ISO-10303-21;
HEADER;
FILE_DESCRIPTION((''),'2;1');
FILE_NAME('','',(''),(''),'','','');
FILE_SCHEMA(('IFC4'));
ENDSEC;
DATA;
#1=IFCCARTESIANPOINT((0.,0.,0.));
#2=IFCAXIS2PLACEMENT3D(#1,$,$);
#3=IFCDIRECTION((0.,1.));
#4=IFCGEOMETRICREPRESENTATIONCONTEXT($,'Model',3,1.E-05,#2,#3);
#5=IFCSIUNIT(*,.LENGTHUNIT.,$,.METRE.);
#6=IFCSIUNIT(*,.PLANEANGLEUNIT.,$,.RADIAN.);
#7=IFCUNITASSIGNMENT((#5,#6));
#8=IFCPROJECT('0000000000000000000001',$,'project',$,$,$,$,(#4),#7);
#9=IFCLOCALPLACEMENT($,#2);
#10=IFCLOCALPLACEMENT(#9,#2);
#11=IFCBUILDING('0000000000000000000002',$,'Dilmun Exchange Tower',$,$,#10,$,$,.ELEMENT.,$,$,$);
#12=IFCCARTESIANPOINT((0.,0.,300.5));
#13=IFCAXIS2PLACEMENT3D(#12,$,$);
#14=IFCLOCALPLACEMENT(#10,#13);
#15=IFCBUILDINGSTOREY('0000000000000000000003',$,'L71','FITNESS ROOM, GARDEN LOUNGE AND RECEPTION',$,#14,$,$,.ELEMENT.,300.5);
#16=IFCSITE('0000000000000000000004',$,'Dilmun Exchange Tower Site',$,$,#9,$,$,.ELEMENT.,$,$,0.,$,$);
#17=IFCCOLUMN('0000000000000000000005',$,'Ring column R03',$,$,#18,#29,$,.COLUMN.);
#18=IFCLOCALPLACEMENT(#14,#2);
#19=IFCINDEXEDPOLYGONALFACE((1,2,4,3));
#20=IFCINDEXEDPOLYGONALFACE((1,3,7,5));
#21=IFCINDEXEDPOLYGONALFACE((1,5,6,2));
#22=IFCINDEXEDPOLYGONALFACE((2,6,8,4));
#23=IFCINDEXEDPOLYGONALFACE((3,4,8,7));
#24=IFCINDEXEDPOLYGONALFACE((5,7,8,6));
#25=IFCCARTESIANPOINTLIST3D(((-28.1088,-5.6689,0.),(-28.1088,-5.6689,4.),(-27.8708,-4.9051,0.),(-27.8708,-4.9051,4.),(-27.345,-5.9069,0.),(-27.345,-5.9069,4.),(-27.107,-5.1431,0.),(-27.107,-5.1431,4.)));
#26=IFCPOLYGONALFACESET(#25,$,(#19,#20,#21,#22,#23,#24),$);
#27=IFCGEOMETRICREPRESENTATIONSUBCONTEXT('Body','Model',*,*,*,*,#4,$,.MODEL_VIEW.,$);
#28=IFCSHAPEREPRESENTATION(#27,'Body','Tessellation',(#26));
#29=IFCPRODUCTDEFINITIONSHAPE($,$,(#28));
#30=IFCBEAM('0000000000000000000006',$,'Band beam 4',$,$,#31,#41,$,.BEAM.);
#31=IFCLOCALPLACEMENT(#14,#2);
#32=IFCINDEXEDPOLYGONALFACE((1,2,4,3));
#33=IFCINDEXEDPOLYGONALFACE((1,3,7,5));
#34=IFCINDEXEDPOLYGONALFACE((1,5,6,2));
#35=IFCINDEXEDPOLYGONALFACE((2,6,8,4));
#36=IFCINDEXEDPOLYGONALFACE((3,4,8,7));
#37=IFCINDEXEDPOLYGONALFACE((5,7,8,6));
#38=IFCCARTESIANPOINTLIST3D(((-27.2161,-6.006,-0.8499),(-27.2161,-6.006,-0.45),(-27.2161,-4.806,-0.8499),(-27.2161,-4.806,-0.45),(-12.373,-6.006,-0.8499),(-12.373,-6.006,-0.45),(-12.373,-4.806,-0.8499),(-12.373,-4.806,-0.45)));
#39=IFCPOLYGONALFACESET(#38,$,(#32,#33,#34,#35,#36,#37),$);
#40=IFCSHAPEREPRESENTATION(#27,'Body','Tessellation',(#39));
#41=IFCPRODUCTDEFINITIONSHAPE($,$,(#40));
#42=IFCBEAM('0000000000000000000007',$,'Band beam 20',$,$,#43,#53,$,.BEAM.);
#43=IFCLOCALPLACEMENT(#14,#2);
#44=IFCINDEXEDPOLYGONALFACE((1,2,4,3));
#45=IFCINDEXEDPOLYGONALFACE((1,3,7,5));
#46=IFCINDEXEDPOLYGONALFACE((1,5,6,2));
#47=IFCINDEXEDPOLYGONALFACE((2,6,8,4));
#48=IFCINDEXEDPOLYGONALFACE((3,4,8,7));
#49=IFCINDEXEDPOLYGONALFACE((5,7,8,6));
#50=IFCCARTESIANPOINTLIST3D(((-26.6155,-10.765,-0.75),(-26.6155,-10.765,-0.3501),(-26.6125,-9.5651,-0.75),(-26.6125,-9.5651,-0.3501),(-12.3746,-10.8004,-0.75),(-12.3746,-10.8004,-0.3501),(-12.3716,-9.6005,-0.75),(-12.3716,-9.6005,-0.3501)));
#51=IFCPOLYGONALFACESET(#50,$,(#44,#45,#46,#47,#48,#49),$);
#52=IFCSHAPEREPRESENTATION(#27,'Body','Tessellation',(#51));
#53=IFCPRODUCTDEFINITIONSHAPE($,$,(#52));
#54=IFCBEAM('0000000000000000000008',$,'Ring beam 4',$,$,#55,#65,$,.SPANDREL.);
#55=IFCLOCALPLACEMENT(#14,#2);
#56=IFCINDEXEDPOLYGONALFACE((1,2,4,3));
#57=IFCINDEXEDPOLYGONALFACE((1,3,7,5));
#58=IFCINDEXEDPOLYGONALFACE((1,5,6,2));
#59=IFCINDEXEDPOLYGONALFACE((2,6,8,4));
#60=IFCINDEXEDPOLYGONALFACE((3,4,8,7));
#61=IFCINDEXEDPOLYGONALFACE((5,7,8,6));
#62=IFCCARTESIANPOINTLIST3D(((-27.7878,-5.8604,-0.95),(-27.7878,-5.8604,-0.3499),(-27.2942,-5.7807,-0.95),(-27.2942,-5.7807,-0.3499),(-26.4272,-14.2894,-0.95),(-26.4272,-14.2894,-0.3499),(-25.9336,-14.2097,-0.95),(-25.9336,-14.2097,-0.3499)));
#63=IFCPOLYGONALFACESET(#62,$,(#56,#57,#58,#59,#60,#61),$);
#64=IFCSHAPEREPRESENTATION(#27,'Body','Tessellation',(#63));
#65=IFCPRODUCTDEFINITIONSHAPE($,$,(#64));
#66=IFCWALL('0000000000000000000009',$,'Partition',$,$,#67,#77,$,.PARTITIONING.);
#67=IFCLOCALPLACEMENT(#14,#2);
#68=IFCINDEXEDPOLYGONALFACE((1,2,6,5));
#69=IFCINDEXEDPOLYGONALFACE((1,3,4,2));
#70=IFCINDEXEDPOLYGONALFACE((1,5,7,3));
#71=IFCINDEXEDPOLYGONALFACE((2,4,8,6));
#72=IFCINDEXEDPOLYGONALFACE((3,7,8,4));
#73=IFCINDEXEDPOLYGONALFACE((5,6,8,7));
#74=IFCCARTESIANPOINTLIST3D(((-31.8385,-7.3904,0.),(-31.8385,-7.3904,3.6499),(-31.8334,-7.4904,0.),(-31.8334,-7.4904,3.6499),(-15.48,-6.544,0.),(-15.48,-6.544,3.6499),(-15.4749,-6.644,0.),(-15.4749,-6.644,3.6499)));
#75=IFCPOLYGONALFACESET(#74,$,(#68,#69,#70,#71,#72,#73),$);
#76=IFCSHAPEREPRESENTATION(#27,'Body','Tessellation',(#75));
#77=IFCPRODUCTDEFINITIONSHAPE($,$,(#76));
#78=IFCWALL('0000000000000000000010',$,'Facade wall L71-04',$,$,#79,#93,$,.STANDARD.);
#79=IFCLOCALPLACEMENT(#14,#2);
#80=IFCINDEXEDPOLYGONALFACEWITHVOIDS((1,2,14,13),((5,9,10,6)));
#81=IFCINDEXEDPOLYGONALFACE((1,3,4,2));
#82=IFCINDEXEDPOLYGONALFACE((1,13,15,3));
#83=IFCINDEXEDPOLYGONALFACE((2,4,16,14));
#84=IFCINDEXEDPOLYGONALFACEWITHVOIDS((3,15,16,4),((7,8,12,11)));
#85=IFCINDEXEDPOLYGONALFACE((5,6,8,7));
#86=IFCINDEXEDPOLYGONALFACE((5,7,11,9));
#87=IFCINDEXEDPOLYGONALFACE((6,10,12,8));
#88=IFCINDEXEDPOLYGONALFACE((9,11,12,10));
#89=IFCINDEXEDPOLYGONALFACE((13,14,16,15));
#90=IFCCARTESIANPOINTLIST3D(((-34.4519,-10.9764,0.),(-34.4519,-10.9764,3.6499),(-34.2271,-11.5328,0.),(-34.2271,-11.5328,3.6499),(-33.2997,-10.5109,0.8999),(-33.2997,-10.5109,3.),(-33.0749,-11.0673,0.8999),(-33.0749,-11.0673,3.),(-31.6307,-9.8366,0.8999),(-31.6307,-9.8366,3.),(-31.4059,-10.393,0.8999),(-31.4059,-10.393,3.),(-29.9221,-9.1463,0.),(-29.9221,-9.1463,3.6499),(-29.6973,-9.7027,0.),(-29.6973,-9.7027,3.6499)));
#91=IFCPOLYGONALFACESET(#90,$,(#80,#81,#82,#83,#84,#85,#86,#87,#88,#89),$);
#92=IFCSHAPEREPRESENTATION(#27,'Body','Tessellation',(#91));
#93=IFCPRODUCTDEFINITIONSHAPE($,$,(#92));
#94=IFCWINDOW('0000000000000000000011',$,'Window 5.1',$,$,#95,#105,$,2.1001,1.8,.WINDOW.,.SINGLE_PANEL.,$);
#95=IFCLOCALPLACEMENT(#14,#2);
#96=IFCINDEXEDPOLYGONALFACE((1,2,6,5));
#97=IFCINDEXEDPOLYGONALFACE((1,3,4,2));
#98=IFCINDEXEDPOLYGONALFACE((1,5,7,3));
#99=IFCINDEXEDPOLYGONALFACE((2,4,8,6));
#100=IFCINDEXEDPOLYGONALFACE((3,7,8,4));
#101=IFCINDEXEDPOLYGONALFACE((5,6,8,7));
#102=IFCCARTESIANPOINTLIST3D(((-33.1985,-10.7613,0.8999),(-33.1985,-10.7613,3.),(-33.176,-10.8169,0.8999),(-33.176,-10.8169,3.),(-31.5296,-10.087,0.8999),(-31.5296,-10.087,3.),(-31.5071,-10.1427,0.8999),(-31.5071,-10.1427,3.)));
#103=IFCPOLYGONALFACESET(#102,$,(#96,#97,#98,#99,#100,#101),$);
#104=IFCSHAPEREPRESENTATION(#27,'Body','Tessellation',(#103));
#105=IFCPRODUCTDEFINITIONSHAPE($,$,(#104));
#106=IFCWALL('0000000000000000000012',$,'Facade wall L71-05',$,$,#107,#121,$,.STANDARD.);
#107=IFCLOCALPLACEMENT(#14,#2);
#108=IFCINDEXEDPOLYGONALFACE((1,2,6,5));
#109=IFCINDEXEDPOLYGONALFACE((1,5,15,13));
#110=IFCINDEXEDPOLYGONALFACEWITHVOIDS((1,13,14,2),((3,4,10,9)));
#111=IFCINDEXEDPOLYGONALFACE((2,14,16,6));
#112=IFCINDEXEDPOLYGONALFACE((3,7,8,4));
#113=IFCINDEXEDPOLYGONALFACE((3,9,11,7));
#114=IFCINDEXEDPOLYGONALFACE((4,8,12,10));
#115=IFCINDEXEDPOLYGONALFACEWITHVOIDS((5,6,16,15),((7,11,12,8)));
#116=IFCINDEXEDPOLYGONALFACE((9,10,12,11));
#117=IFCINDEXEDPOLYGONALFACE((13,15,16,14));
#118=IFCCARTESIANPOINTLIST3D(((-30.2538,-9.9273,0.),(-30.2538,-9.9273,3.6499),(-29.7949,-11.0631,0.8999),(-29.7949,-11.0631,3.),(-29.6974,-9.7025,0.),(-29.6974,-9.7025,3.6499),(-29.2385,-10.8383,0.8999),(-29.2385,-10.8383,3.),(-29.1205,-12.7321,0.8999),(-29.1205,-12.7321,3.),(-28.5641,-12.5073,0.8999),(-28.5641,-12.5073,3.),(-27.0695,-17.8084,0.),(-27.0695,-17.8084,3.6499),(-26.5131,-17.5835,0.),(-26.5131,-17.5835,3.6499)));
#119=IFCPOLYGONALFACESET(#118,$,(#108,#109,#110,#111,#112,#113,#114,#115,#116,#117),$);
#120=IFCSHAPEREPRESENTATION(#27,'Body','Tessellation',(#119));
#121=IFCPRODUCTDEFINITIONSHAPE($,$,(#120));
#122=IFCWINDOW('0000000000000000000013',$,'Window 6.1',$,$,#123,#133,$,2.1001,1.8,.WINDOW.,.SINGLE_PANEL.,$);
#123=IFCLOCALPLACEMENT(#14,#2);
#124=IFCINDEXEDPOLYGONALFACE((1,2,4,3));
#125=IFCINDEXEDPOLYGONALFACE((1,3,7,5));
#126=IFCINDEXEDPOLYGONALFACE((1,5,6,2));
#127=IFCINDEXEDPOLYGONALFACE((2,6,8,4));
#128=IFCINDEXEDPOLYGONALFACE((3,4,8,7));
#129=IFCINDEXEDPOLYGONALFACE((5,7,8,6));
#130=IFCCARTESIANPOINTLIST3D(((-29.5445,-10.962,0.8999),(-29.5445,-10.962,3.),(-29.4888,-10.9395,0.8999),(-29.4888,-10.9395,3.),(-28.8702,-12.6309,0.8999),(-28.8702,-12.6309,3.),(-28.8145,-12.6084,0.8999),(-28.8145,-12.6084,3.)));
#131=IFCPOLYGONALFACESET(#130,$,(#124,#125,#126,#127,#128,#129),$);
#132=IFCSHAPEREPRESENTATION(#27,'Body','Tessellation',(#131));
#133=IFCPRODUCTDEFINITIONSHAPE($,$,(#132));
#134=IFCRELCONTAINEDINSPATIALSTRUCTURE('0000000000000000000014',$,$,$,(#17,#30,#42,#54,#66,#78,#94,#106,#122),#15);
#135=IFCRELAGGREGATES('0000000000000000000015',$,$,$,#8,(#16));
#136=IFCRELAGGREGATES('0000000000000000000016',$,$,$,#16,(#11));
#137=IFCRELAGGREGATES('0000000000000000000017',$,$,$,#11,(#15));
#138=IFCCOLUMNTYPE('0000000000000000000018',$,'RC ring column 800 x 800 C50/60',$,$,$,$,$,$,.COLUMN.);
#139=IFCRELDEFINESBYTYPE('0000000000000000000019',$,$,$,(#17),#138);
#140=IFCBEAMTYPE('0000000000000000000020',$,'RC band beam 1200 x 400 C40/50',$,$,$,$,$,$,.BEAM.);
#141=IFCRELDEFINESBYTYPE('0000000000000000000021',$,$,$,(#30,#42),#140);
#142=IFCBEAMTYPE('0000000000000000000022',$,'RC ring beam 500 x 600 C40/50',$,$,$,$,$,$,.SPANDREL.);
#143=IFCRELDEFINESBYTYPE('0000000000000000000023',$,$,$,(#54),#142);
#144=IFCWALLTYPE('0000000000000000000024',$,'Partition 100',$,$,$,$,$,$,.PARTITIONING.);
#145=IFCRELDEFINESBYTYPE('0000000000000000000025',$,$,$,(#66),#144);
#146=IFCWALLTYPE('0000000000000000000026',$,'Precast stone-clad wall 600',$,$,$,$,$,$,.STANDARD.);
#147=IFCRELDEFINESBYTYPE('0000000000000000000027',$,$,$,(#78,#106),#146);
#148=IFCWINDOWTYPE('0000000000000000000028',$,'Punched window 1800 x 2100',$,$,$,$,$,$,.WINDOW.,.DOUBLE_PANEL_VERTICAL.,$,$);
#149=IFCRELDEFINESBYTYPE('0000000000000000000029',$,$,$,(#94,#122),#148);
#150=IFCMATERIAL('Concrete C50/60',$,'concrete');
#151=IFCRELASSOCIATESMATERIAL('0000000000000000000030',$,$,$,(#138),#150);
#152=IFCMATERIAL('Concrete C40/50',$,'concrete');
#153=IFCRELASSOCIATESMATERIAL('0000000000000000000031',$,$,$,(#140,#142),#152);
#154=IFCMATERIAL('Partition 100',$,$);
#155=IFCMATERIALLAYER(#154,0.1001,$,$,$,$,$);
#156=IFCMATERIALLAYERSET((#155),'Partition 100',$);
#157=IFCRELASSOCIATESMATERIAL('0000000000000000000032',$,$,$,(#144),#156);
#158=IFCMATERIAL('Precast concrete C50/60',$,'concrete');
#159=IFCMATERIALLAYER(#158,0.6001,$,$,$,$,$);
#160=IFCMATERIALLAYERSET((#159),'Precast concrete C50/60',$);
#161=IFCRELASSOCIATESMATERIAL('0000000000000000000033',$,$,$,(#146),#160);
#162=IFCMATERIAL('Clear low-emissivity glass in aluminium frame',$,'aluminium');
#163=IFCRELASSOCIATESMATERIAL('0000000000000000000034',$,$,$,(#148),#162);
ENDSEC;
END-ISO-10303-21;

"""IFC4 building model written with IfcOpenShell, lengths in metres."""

from ifc_helpers import new_model, si_unit, direction, frame, frame_2d, origin, origin_2d, place, context, subcontext, project, spatial, rectangle, extrude, material, layer, layer_set, material_profile, profile_set, type_object, element, fill, save


model = new_model("IFC4")

# Units and contexts
model_context = context("Model", 3, precision=1e-05, world=origin(), true_north=direction((0.0, 1.0)))
body_context = subcontext(model_context, "Body", "Model", "MODEL_VIEW")
ifc_project = project(units=[si_unit("LENGTHUNIT", "METRE"), si_unit("PLANEANGLEUNIT", "RADIAN")], contexts=[model_context])

# Site, building, storey
site_placement = place(None, origin())
site = spatial("IfcSite", under=ifc_project, at=site_placement, Name="Dilmun Exchange Tower Site", CompositionType="ELEMENT", RefElevation=0.0)
building_placement = place(site_placement, origin())
building = spatial("IfcBuilding", under=site, at=building_placement, Name="Dilmun Exchange Tower", CompositionType="ELEMENT")
storey_placement = place(building_placement, frame((0.0, 0.0, 300.5)))
storey = spatial("IfcBuildingStorey", under=building, at=storey_placement, Name="L71", Description="FITNESS ROOM, GARDEN LOUNGE AND RECEPTION", CompositionType="ELEMENT", Elevation=300.5)

# Column
ifc_material_1 = material(Name="Concrete C50/60", Category="concrete")
ifc_material_profile_1 = material_profile(ifc_material_1, rectangle(XDim=0.8, YDim=0.8, at=origin_2d()), Name="800 x 800")
ifc_profile_set_1 = profile_set([ifc_material_profile_1], Name="Concrete C50/60")
column_type = type_object("IfcColumnType", Name="RC ring column 800 x 800 C50/60", PredefinedType="COLUMN", material=ifc_profile_set_1)
column_placement = place(storey_placement, frame((-27.6079, -5.406, 0.0), z_axis=(0.0, 0.0, 1.0), x_axis=(0.297503, 0.954721, 0.0)))
element("IfcColumn", 1, at=column_placement, inside=storey, type_object=column_type, Name="Ring column R03", PredefinedType="COLUMN", context=body_context, shape_type="SweptSolid", body=[
    extrude(rectangle(XDim=0.8, YDim=0.8, at=origin_2d()), origin(), (0.0, 0.0, 1.0), 4.0),
])

# Beams
ifc_material_2 = material(Name="Concrete C40/50", Category="concrete")
ifc_material_profile_2 = material_profile(ifc_material_2, rectangle(XDim=1.2, YDim=0.3999, at=origin_2d()), Name="1200 x 400")
ifc_profile_set_2 = profile_set([ifc_material_profile_2], Name="Concrete C40/50")
beam_type_1 = type_object("IfcBeamType", Name="RC band beam 1200 x 400 C40/50", PredefinedType="BEAM", material=ifc_profile_set_2)
beam_1_placement = place(storey_placement, frame((-27.2161, -5.406, -0.6499), z_axis=(1.0, 0.0, 0.0), x_axis=(0.0, 1.0, 0.0)))
element("IfcBeam", 2, at=beam_1_placement, inside=storey, type_object=beam_type_1, Name="Band beam 4", PredefinedType="BEAM", context=body_context, shape_type="SweptSolid", body=[
    extrude(rectangle(XDim=1.2, YDim=0.3999, at=origin_2d()), origin(), (0.0, 0.0, 1.0), 14.843),
])
beam_2_placement = place(storey_placement, frame((-26.614, -10.165, -0.55), z_axis=(0.999997, -0.002486, 0.0), x_axis=(0.002486, 0.999997, 0.0)))
element("IfcBeam", 3, at=beam_2_placement, inside=storey, type_object=beam_type_1, Name="Band beam 20", PredefinedType="BEAM", context=body_context, shape_type="SweptSolid", body=[
    extrude(rectangle(XDim=1.2, YDim=0.3999, at=origin_2d()), origin(), (0.0, 0.0, 1.0), 14.241),
])
ifc_material_profile_3 = material_profile(ifc_material_2, rectangle(XDim=0.5, YDim=0.6001, at=origin_2d()), Name="500 x 600")
ifc_profile_set_3 = profile_set([ifc_material_profile_3], Name="Concrete C40/50")
beam_type_2 = type_object("IfcBeamType", Name="RC ring beam 500 x 600 C40/50", PredefinedType="SPANDREL", material=ifc_profile_set_3)
beam_3_placement = place(storey_placement, frame((-27.541, -5.8206, -0.6499), z_axis=(0.159357, -0.987221, 0.0), x_axis=(0.987221, 0.159357, 0.0)))
element("IfcBeam", 4, at=beam_3_placement, inside=storey, type_object=beam_type_2, Name="Ring beam 4", PredefinedType="SPANDREL", context=body_context, shape_type="SweptSolid", body=[
    extrude(rectangle(XDim=0.5, YDim=0.6001, at=origin_2d()), origin(), (0.0, 0.0, 1.0), 8.5381),
])

# Wall
ifc_material_3 = material(Name="Partition 100")
ifc_layer_1 = layer(ifc_material_3, 0.1001)
ifc_layer_set_1 = layer_set([ifc_layer_1], Name="Partition 100")
wall_type_1 = type_object("IfcWallType", Name="Partition 100", PredefinedType="PARTITIONING", material=ifc_layer_set_1)
wall_1_placement = place(storey_placement, frame((-31.8359, -7.4404, 0.0), z_axis=(0.0, 0.0, 1.0), x_axis=(0.998664, 0.051674, 0.0)))
element("IfcWall", 5, at=wall_1_placement, inside=storey, type_object=wall_type_1, Name="Partition", PredefinedType="PARTITIONING", context=body_context, shape_type="SweptSolid", body=[
    extrude(rectangle(XDim=16.3804, YDim=0.1001, at=frame_2d((8.1902, 0.0))), origin(), (0.0, 0.0, 1.0), 3.6499),
])

# Walls, openings, windows
ifc_material_4 = material(Name="Precast concrete C50/60", Category="concrete")
ifc_layer_2 = layer(ifc_material_4, 0.6001)
ifc_layer_set_2 = layer_set([ifc_layer_2], Name="Precast concrete C50/60")
wall_type_2 = type_object("IfcWallType", Name="Precast stone-clad wall 600", PredefinedType="STANDARD", material=ifc_layer_set_2)
wall_2_placement = place(storey_placement, frame((-34.3396, -11.2546, 0.0), z_axis=(0.0, 0.0, 1.0), x_axis=(0.927189, 0.374594, 0.0)))
wall_2 = element("IfcWall", 6, at=wall_2_placement, inside=storey, type_object=wall_type_2, Name="Facade wall L71-04", PredefinedType="STANDARD", context=body_context, shape_type="SweptSolid", body=[
    extrude(rectangle(XDim=4.8855, YDim=0.6001, at=frame_2d((2.4429, 0.0))), origin(), (0.0, 0.0, 1.0), 3.6499),
])
opening_1_placement = place(wall_2_placement, frame((1.2429, 0.0, 0.8999)))
opening_1 = element("IfcOpeningElement", 7, at=opening_1_placement, cuts=wall_2, PredefinedType="OPENING", context=body_context, shape_type="SweptSolid", body=[
    extrude(rectangle(XDim=1.8, YDim=2.1001, at=frame_2d((0.8999, 1.05))), frame((0.0, 0.3101, 0.0), z_axis=(0.0, -1.0, 0.0), x_axis=(1.0, 0.0, 0.0)), (0.0, 0.0, 1.0), 0.6201),
])
ifc_material_5 = material(Name="Clear low-emissivity glass in aluminium frame", Category="aluminium")
window_type = type_object("IfcWindowType", Name="Punched window 1800 x 2100", PartitioningType="DOUBLE_PANEL_VERTICAL", PredefinedType="WINDOW", material=ifc_material_5)
window_1_placement = place(opening_1_placement, origin())
window_1 = element("IfcWindow", 8, at=window_1_placement, inside=storey, type_object=window_type, Name="Window 5.1", OverallHeight=2.1001, OverallWidth=1.8, PartitioningType="SINGLE_PANEL", PredefinedType="WINDOW", context=body_context, shape_type="SweptSolid", body=[
    extrude(rectangle(XDim=1.8, YDim=2.1001, at=frame_2d((0.8999, 1.05))), frame((0.0, 0.03, 0.0), z_axis=(0.0, -1.0, 0.0), x_axis=(1.0, 0.0, 0.0)), (0.0, 0.0, 1.0), 0.0601),
])
fill(opening_1, window_1)
wall_3_placement = place(storey_placement, frame((-29.9756, -9.8149, 0.0), z_axis=(0.0, 0.0, 1.0), x_axis=(0.374622, -0.927178, 0.0)))
wall_3 = element("IfcWall", 9, at=wall_3_placement, inside=storey, type_object=wall_type_2, Name="Facade wall L71-05", PredefinedType="STANDARD", context=body_context, shape_type="SweptSolid", body=[
    extrude(rectangle(XDim=8.5, YDim=0.6001, at=frame_2d((4.25, 0.0))), origin(), (0.0, 0.0, 1.0), 3.6499),
])
opening_2_placement = place(wall_3_placement, frame((1.2251, 0.0, 0.8999)))
opening_2 = element("IfcOpeningElement", 10, at=opening_2_placement, cuts=wall_3, PredefinedType="OPENING", context=body_context, shape_type="SweptSolid", body=[
    extrude(rectangle(XDim=1.8, YDim=2.1001, at=frame_2d((0.8999, 1.05))), frame((0.0, 0.3101, 0.0), z_axis=(0.0, -1.0, 0.0), x_axis=(1.0, 0.0, 0.0)), (0.0, 0.0, 1.0), 0.6201),
])
window_2_placement = place(opening_2_placement, origin())
window_2 = element("IfcWindow", 11, at=window_2_placement, inside=storey, type_object=window_type, Name="Window 6.1", OverallHeight=2.1001, OverallWidth=1.8, PartitioningType="SINGLE_PANEL", PredefinedType="WINDOW", context=body_context, shape_type="SweptSolid", body=[
    extrude(rectangle(XDim=1.8, YDim=2.1001, at=frame_2d((0.8999, 1.05))), frame((0.0, 0.03, 0.0), z_axis=(0.0, -1.0, 0.0), x_axis=(1.0, 0.0, 0.0)), (0.0, 0.0, 1.0), 0.0601),
])
fill(opening_2, window_2)

save(model, "model.ifc")
